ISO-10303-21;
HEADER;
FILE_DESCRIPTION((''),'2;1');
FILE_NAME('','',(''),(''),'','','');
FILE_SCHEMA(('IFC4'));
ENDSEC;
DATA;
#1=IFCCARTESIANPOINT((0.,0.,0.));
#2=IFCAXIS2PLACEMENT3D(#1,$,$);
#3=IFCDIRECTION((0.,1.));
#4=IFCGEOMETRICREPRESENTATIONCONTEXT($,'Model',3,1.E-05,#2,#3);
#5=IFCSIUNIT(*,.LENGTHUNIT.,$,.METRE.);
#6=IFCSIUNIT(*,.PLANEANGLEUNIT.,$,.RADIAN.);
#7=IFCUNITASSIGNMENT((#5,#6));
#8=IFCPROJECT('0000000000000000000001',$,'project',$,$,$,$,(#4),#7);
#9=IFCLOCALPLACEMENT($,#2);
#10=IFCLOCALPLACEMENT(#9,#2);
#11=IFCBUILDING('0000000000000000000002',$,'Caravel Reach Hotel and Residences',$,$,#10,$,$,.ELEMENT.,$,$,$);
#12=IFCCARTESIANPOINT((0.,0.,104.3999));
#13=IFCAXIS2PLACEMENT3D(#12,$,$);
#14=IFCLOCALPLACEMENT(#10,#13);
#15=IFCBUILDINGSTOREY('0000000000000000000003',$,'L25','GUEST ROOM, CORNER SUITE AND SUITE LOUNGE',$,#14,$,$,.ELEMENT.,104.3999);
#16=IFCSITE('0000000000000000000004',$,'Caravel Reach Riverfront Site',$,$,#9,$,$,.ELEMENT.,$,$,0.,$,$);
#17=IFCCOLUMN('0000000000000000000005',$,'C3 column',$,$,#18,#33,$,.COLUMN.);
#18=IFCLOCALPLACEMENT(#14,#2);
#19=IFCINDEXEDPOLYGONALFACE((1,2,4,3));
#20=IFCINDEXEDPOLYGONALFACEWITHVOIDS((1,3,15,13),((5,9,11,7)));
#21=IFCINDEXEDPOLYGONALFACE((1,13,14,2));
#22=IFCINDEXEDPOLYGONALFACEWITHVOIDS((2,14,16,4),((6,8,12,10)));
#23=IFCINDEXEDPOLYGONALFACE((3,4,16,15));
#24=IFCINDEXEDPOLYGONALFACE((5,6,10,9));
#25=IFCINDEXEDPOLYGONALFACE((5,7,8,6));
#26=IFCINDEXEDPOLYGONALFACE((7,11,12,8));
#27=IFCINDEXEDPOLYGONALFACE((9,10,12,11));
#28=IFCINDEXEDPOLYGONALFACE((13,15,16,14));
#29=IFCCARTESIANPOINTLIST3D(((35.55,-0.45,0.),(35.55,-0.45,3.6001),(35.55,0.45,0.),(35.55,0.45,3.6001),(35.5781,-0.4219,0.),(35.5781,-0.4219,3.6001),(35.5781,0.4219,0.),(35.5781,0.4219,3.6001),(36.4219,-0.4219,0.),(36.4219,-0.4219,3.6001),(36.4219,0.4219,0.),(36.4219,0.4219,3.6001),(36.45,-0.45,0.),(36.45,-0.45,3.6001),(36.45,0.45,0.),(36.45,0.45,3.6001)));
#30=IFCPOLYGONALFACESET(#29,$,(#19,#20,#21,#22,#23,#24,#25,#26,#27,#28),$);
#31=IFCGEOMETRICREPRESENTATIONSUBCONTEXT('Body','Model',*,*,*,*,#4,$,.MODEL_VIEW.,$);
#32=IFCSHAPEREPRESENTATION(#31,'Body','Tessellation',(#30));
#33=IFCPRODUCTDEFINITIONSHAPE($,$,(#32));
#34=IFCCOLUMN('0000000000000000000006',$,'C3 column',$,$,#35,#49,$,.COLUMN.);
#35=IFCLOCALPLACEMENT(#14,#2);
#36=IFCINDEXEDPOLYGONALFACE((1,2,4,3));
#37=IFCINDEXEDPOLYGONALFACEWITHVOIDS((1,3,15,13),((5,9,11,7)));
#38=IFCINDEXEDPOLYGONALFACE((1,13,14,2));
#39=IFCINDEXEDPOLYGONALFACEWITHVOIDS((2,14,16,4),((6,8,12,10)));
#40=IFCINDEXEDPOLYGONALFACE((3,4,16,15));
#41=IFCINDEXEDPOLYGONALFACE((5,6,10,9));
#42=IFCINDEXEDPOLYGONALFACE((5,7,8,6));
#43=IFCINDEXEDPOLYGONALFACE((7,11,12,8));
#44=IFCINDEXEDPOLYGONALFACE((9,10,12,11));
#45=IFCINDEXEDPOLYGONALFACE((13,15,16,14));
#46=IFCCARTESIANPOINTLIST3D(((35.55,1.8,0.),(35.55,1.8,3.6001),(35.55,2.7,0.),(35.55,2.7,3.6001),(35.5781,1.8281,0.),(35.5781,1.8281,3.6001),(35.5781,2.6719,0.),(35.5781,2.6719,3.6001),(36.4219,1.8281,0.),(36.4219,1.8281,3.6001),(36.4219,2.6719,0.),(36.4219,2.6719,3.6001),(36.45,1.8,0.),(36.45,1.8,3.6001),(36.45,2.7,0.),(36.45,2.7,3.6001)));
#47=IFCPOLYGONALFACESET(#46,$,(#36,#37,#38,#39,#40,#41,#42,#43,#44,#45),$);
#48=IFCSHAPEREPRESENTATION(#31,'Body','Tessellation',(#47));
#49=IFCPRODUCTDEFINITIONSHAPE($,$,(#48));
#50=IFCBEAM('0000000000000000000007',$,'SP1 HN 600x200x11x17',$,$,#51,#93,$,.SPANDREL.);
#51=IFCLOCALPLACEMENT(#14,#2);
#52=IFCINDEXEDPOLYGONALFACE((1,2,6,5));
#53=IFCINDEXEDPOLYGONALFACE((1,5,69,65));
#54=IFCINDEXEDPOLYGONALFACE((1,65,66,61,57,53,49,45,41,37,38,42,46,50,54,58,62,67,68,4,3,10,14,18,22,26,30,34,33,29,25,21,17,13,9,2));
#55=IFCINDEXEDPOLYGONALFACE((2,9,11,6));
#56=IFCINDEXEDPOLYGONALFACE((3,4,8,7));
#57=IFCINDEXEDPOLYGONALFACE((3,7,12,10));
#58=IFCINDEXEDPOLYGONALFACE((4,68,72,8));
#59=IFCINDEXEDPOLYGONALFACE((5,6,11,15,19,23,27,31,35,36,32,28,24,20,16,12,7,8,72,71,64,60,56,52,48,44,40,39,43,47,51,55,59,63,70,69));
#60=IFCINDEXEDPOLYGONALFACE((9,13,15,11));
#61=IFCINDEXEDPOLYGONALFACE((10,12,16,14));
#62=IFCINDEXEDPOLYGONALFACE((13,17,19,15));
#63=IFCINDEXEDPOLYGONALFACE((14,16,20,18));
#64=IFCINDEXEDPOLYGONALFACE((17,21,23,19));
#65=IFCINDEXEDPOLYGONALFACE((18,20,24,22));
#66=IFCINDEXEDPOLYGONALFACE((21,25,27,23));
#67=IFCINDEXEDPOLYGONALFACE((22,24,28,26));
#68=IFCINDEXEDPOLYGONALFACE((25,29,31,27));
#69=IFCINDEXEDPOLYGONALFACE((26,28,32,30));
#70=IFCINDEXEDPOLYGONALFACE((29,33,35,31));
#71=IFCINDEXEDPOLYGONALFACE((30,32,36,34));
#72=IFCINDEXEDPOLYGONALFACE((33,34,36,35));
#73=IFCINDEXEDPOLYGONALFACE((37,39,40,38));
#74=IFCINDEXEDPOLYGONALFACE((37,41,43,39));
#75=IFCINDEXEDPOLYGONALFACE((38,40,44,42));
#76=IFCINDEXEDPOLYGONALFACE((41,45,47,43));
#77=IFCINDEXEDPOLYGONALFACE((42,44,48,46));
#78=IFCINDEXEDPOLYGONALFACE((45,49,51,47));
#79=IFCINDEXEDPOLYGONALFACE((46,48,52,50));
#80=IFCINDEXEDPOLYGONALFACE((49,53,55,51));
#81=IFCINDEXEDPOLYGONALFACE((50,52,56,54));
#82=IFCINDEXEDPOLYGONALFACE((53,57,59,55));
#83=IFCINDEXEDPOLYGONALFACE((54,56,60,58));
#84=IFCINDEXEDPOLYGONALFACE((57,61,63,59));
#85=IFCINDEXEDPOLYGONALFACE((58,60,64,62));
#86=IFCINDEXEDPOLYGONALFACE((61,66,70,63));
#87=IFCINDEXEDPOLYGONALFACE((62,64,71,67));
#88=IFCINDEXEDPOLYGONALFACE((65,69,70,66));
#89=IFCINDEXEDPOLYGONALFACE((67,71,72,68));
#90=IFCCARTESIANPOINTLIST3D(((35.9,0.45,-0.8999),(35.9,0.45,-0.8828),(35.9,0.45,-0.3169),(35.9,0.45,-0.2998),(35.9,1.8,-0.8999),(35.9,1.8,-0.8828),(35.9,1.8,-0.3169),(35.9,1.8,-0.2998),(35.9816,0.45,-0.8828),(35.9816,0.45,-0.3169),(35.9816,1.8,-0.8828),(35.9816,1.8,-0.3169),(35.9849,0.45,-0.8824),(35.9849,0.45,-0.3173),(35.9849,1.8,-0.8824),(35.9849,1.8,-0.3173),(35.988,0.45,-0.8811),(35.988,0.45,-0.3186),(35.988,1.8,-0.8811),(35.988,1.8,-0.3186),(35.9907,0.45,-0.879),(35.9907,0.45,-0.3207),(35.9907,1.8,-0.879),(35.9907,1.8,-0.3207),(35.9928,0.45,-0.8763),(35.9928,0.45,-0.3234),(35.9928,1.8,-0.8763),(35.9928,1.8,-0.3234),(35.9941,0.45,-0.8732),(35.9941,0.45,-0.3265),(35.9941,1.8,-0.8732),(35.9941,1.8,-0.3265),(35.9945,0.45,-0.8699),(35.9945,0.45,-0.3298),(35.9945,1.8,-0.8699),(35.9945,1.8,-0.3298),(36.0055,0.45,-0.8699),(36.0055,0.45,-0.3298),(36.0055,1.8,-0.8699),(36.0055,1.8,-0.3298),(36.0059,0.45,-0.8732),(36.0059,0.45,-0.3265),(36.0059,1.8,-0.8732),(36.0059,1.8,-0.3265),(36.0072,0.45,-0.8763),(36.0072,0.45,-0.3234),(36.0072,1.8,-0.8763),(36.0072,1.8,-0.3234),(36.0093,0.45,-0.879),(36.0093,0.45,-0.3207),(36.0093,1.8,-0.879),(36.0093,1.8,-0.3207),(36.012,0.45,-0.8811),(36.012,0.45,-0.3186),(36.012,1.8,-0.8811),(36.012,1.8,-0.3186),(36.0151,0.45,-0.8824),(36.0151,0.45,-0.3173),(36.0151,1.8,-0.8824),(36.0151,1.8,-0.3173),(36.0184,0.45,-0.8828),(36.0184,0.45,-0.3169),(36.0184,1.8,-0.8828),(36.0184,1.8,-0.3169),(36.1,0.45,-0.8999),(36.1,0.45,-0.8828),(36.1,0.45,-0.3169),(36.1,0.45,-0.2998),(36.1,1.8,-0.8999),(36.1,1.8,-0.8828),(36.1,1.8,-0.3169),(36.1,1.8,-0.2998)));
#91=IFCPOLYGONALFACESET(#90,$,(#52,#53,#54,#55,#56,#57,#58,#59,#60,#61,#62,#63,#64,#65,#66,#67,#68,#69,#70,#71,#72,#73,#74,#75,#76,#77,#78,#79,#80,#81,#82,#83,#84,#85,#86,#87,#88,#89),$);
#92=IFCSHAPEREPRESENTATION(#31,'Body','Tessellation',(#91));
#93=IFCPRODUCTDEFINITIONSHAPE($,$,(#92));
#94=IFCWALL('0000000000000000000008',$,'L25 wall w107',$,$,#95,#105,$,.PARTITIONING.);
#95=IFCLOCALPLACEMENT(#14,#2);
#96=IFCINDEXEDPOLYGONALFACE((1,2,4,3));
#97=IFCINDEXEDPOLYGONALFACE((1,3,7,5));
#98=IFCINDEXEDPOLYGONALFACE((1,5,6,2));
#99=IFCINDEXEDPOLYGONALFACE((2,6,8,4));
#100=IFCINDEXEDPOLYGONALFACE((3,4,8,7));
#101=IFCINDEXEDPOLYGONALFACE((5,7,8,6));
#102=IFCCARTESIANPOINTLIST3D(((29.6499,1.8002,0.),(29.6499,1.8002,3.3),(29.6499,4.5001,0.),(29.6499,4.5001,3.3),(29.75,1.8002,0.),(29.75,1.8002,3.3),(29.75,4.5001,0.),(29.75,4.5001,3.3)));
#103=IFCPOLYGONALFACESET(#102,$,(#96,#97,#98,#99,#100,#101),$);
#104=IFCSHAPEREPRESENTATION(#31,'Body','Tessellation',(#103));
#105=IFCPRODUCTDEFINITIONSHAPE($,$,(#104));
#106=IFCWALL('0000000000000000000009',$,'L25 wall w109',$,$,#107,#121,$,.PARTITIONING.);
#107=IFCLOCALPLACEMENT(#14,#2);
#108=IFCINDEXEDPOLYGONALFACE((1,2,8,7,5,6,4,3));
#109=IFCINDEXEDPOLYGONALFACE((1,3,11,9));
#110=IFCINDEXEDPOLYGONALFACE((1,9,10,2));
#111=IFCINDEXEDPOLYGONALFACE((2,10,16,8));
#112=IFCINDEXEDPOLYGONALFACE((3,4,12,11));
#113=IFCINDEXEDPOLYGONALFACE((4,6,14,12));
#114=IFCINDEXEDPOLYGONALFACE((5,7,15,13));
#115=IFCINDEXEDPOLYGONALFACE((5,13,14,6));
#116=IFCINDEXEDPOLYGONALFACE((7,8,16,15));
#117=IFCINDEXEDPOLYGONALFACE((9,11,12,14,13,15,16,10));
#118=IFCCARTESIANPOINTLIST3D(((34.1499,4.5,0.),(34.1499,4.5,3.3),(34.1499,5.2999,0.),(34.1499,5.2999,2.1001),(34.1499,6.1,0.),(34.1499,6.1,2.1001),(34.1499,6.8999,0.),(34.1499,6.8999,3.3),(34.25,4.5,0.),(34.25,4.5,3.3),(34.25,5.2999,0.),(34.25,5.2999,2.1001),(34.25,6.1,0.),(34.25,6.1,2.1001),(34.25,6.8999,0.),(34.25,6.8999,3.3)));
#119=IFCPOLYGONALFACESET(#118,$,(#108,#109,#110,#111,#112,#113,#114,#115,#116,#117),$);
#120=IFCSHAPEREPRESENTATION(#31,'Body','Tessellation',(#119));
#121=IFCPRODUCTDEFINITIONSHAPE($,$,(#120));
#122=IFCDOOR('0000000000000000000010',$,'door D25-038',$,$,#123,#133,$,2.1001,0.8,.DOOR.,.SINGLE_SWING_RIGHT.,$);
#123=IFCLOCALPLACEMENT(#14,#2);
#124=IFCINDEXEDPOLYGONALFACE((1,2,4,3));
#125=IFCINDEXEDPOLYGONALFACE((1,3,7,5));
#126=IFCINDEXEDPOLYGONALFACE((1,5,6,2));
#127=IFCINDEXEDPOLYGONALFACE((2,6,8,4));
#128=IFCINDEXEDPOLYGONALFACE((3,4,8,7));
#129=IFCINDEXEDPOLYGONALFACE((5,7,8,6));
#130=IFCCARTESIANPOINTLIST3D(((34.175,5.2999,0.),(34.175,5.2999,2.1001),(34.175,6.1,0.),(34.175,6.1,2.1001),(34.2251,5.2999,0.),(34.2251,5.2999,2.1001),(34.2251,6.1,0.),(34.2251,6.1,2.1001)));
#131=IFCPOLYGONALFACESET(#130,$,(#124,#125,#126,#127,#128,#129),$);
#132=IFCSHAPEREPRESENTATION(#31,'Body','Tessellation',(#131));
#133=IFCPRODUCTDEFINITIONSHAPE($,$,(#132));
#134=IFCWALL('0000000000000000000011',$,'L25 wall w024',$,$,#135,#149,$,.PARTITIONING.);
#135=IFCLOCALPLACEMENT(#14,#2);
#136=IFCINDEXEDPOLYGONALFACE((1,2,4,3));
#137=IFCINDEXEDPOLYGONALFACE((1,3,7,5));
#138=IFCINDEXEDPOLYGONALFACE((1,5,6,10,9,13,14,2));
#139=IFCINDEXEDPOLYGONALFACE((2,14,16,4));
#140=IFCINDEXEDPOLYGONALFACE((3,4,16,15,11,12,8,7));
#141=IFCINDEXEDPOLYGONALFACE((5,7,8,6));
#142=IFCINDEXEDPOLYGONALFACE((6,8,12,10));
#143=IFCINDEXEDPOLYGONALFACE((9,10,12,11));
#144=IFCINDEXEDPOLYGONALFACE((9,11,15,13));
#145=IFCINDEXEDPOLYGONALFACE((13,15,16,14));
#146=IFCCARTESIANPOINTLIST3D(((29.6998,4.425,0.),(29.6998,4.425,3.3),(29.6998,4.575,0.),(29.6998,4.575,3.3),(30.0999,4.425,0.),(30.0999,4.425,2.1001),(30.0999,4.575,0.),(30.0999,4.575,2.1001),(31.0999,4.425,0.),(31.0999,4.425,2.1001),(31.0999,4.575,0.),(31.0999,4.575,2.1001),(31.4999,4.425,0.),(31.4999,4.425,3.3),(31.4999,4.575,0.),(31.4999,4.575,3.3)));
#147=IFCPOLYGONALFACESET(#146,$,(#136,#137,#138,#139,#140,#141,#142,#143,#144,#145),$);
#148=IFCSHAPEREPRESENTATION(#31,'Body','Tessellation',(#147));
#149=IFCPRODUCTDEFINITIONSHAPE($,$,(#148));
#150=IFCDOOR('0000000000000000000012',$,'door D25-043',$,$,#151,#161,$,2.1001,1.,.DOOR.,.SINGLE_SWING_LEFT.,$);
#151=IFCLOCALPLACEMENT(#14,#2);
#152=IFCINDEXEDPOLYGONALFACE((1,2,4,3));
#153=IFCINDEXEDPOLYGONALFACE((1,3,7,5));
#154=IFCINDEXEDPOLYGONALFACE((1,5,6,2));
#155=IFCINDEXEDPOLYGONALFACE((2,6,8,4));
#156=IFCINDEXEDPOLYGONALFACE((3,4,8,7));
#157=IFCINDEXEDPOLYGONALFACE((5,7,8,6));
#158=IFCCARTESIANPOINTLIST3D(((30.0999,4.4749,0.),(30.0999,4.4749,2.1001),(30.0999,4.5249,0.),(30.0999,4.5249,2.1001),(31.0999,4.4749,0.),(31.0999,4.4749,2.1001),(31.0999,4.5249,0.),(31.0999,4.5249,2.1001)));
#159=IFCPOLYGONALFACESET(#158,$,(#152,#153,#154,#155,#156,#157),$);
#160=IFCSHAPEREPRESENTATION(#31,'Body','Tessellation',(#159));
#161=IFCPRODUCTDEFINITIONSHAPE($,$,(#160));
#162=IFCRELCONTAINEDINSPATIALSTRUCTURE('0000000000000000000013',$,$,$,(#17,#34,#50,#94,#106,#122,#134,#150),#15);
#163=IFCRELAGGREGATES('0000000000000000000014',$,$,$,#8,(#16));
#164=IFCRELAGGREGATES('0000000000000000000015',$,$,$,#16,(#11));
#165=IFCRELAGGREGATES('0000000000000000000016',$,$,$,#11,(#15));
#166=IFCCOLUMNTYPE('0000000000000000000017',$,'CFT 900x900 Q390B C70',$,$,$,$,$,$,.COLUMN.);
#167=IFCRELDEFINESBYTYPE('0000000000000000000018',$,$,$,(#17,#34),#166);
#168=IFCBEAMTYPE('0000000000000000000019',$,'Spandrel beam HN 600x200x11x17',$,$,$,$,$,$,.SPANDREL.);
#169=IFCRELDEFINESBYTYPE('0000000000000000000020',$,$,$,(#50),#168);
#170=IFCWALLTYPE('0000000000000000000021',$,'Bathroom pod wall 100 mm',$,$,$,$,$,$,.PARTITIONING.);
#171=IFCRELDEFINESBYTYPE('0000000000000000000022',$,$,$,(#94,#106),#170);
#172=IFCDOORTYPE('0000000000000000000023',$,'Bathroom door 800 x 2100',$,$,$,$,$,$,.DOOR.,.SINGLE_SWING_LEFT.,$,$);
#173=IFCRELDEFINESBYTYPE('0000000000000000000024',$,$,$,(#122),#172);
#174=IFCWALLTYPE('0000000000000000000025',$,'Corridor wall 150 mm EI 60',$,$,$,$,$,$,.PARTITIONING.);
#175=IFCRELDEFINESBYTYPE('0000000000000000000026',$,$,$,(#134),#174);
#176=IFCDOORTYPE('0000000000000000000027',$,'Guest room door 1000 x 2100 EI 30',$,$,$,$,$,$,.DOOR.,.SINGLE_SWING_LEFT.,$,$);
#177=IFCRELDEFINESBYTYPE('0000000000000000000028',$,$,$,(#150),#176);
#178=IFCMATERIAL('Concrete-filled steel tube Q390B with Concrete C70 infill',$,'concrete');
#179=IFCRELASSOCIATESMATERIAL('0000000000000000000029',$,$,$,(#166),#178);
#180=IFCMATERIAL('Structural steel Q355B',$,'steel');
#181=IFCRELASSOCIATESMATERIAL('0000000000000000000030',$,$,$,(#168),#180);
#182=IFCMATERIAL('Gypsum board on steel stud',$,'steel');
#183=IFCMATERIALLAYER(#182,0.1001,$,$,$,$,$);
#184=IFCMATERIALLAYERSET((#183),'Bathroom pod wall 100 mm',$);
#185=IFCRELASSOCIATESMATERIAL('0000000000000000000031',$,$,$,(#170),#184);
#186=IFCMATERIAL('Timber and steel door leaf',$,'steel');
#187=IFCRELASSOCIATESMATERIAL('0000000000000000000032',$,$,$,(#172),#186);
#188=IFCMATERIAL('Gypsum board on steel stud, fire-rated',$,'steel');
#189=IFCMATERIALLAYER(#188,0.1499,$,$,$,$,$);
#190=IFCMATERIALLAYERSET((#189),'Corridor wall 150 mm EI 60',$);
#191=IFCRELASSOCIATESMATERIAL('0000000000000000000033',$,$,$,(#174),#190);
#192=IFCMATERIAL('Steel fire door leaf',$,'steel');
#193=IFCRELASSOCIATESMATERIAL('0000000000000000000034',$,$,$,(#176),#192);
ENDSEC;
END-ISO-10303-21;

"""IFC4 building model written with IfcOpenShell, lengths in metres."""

from ifc_helpers import new_model, si_unit, direction, frame, frame_2d, origin, origin_2d, place, context, subcontext, project, spatial, rectangle, hollow_rectangle, i_section, extrude, material, layer, layer_set, material_profile, profile_set, type_object, element, fill, save


model = new_model("IFC4")

# Units and contexts
model_context = context("Model", 3, precision=1e-05, world=origin(), true_north=direction((0.0, 1.0)))
body_context = subcontext(model_context, "Body", "Model", "MODEL_VIEW")
ifc_project = project(units=[si_unit("LENGTHUNIT", "METRE"), si_unit("PLANEANGLEUNIT", "RADIAN")], contexts=[model_context])

# Site, building, storey
site_placement = place(None, origin())
site = spatial("IfcSite", under=ifc_project, at=site_placement, Name="Caravel Reach Riverfront Site", CompositionType="ELEMENT", RefElevation=0.0)
building_placement = place(site_placement, origin())
building = spatial("IfcBuilding", under=site, at=building_placement, Name="Caravel Reach Hotel and Residences", CompositionType="ELEMENT")
storey_placement = place(building_placement, frame((0.0, 0.0, 104.3999)))
storey = spatial("IfcBuildingStorey", under=building, at=storey_placement, Name="L25", Description="GUEST ROOM, CORNER SUITE AND SUITE LOUNGE", CompositionType="ELEMENT", Elevation=104.3999)

# Columns
ifc_material_1 = material(Name="Concrete-filled steel tube Q390B with Concrete C70 infill", Category="concrete")
ifc_material_profile_1 = material_profile(ifc_material_1, hollow_rectangle(XDim=0.8999, YDim=0.8999, WallThickness=0.0281, at=origin_2d()), Name="RHS 900x900x28")
ifc_profile_set_1 = profile_set([ifc_material_profile_1], Name="Concrete-filled steel tube Q390B with Concrete C70 infill")
column_type = type_object("IfcColumnType", Name="CFT 900x900 Q390B C70", PredefinedType="COLUMN", material=ifc_profile_set_1)
for number, where, z_axis, x_axis, name in (
    (1, (36.0, 0.0, 0.0), (0.0, 0.0, 1.0), (1.0, 0.0, 0.0), "C3 column"),
    (2, (36.0, 2.25, 0.0), (0.0, 0.0, 1.0), (1.0, 0.0, 0.0), "C3 column"),
):
    element("IfcColumn", number, at=place(storey_placement, frame(where, z_axis=z_axis, x_axis=x_axis)), inside=storey, type_object=column_type, Name=name, PredefinedType="COLUMN", context=body_context, shape_type="SweptSolid", body=[
        extrude(hollow_rectangle(XDim=0.8999, YDim=0.8999, WallThickness=0.0281, at=origin_2d()), origin(), (0.0, 0.0, 1.0), 3.6001),
    ])

# Beam
ifc_material_2 = material(Name="Structural steel Q355B", Category="steel")
ifc_material_profile_2 = material_profile(ifc_material_2, i_section(OverallWidth=0.2, OverallDepth=0.6001, WebThickness=0.011, FlangeThickness=0.0171, FilletRadius=0.0129, at=origin_2d()), Name="HN 600x200x11x17")
ifc_profile_set_2 = profile_set([ifc_material_profile_2], Name="Structural steel Q355B")
beam_type = type_object("IfcBeamType", Name="Spandrel beam HN 600x200x11x17", PredefinedType="SPANDREL", material=ifc_profile_set_2)
beam_placement = place(storey_placement, frame((36.0, 0.45, -0.5999), z_axis=(0.0, 1.0, 0.0), x_axis=(-1.0, 0.0, 0.0)))
element("IfcBeam", 3, at=beam_placement, inside=storey, type_object=beam_type, Name="SP1 HN 600x200x11x17", PredefinedType="SPANDREL", context=body_context, shape_type="SweptSolid", body=[
    extrude(i_section(OverallWidth=0.2, OverallDepth=0.6001, WebThickness=0.011, FlangeThickness=0.0171, FilletRadius=0.0129, at=origin_2d()), origin(), (0.0, 0.0, 1.0), 1.3501),
])

# Wall
ifc_material_3 = material(Name="Gypsum board on steel stud", Category="steel")
ifc_layer_1 = layer(ifc_material_3, 0.1001)
ifc_layer_set_1 = layer_set([ifc_layer_1], Name="Bathroom pod wall 100 mm")
wall_type_1 = type_object("IfcWallType", Name="Bathroom pod wall 100 mm", PredefinedType="PARTITIONING", material=ifc_layer_set_1)
wall_1_placement = place(storey_placement, frame((29.7, 1.8, 0.0), z_axis=(0.0, 0.0, 1.0), x_axis=(0.0, 1.0, 0.0)))
element("IfcWall", 4, at=wall_1_placement, inside=storey, type_object=wall_type_1, Name="L25 wall w107", PredefinedType="PARTITIONING", context=body_context, shape_type="SweptSolid", body=[
    extrude(rectangle(XDim=2.7, YDim=0.1001, at=frame_2d((1.3501, 0.0))), origin(), (0.0, 0.0, 1.0), 3.3),
])

# Walls, openings, doors
wall_2_placement = place(storey_placement, frame((34.2, 4.5, 0.0), z_axis=(0.0, 0.0, 1.0), x_axis=(0.0, 1.0, 0.0)))
wall_2 = element("IfcWall", 5, at=wall_2_placement, inside=storey, type_object=wall_type_1, Name="L25 wall w109", PredefinedType="PARTITIONING", context=body_context, shape_type="SweptSolid", body=[
    extrude(rectangle(XDim=2.3999, YDim=0.1001, at=frame_2d((1.2, 0.0))), origin(), (0.0, 0.0, 1.0), 3.3),
])
opening_1_placement = place(wall_2_placement, frame((0.8, 0.0, 0.0)))
opening_1 = element("IfcOpeningElement", 6, at=opening_1_placement, cuts=wall_2, PredefinedType="OPENING", context=body_context, shape_type="SweptSolid", body=[
    extrude(rectangle(XDim=0.8, YDim=2.1001, at=frame_2d((0.3999, 1.05))), frame((0.0, 0.0601, 0.0), z_axis=(0.0, -1.0, 0.0), x_axis=(1.0, 0.0, 0.0)), (0.0, 0.0, 1.0), 0.1201),
])
ifc_material_4 = material(Name="Timber and steel door leaf", Category="steel")
door_type_1 = type_object("IfcDoorType", Name="Bathroom door 800 x 2100", OperationType="SINGLE_SWING_LEFT", PredefinedType="DOOR", material=ifc_material_4)
door_1_placement = place(opening_1_placement, origin())
door_1 = element("IfcDoor", 7, at=door_1_placement, inside=storey, type_object=door_type_1, Name="door D25-038", OperationType="SINGLE_SWING_RIGHT", OverallHeight=2.1001, OverallWidth=0.8, PredefinedType="DOOR", context=body_context, shape_type="SweptSolid", body=[
    extrude(rectangle(XDim=0.8, YDim=2.1001, at=frame_2d((0.3999, 1.05))), frame((0.0, 0.0249, 0.0), z_axis=(0.0, -1.0, 0.0), x_axis=(1.0, 0.0, 0.0)), (0.0, 0.0, 1.0), 0.05),
])
fill(opening_1, door_1)
ifc_material_5 = material(Name="Gypsum board on steel stud, fire-rated", Category="steel")
ifc_layer_2 = layer(ifc_material_5, 0.1499)
ifc_layer_set_2 = layer_set([ifc_layer_2], Name="Corridor wall 150 mm EI 60")
wall_type_2 = type_object("IfcWallType", Name="Corridor wall 150 mm EI 60", PredefinedType="PARTITIONING", material=ifc_layer_set_2)
wall_3_placement = place(storey_placement, frame((29.7, 4.5, 0.0), z_axis=(0.0, 0.0, 1.0), x_axis=(1.0, 0.0, 0.0)))
wall_3 = element("IfcWall", 8, at=wall_3_placement, inside=storey, type_object=wall_type_2, Name="L25 wall w024", PredefinedType="PARTITIONING", context=body_context, shape_type="SweptSolid", body=[
    extrude(rectangle(XDim=1.8, YDim=0.1499, at=frame_2d((0.8999, 0.0))), origin(), (0.0, 0.0, 1.0), 3.3),
])
opening_2_placement = place(wall_3_placement, frame((0.3999, 0.0, 0.0)))
opening_2 = element("IfcOpeningElement", 9, at=opening_2_placement, cuts=wall_3, PredefinedType="OPENING", context=body_context, shape_type="SweptSolid", body=[
    extrude(rectangle(XDim=1.0, YDim=2.1001, at=frame_2d((0.5, 1.05))), frame((0.0, 0.085, 0.0), z_axis=(0.0, -1.0, 0.0), x_axis=(1.0, 0.0, 0.0)), (0.0, 0.0, 1.0), 0.1699),
])
ifc_material_6 = material(Name="Steel fire door leaf", Category="steel")
door_type_2 = type_object("IfcDoorType", Name="Guest room door 1000 x 2100 EI 30", OperationType="SINGLE_SWING_LEFT", PredefinedType="DOOR", material=ifc_material_6)
door_2_placement = place(opening_2_placement, origin())
door_2 = element("IfcDoor", 10, at=door_2_placement, inside=storey, type_object=door_type_2, Name="door D25-043", OperationType="SINGLE_SWING_LEFT", OverallHeight=2.1001, OverallWidth=1.0, PredefinedType="DOOR", context=body_context, shape_type="SweptSolid", body=[
    extrude(rectangle(XDim=1.0, YDim=2.1001, at=frame_2d((0.5, 1.05))), frame((0.0, 0.0249, 0.0), z_axis=(0.0, -1.0, 0.0), x_axis=(1.0, 0.0, 0.0)), (0.0, 0.0, 1.0), 0.05),
])
fill(opening_2, door_2)

save(model, "model.ifc")
